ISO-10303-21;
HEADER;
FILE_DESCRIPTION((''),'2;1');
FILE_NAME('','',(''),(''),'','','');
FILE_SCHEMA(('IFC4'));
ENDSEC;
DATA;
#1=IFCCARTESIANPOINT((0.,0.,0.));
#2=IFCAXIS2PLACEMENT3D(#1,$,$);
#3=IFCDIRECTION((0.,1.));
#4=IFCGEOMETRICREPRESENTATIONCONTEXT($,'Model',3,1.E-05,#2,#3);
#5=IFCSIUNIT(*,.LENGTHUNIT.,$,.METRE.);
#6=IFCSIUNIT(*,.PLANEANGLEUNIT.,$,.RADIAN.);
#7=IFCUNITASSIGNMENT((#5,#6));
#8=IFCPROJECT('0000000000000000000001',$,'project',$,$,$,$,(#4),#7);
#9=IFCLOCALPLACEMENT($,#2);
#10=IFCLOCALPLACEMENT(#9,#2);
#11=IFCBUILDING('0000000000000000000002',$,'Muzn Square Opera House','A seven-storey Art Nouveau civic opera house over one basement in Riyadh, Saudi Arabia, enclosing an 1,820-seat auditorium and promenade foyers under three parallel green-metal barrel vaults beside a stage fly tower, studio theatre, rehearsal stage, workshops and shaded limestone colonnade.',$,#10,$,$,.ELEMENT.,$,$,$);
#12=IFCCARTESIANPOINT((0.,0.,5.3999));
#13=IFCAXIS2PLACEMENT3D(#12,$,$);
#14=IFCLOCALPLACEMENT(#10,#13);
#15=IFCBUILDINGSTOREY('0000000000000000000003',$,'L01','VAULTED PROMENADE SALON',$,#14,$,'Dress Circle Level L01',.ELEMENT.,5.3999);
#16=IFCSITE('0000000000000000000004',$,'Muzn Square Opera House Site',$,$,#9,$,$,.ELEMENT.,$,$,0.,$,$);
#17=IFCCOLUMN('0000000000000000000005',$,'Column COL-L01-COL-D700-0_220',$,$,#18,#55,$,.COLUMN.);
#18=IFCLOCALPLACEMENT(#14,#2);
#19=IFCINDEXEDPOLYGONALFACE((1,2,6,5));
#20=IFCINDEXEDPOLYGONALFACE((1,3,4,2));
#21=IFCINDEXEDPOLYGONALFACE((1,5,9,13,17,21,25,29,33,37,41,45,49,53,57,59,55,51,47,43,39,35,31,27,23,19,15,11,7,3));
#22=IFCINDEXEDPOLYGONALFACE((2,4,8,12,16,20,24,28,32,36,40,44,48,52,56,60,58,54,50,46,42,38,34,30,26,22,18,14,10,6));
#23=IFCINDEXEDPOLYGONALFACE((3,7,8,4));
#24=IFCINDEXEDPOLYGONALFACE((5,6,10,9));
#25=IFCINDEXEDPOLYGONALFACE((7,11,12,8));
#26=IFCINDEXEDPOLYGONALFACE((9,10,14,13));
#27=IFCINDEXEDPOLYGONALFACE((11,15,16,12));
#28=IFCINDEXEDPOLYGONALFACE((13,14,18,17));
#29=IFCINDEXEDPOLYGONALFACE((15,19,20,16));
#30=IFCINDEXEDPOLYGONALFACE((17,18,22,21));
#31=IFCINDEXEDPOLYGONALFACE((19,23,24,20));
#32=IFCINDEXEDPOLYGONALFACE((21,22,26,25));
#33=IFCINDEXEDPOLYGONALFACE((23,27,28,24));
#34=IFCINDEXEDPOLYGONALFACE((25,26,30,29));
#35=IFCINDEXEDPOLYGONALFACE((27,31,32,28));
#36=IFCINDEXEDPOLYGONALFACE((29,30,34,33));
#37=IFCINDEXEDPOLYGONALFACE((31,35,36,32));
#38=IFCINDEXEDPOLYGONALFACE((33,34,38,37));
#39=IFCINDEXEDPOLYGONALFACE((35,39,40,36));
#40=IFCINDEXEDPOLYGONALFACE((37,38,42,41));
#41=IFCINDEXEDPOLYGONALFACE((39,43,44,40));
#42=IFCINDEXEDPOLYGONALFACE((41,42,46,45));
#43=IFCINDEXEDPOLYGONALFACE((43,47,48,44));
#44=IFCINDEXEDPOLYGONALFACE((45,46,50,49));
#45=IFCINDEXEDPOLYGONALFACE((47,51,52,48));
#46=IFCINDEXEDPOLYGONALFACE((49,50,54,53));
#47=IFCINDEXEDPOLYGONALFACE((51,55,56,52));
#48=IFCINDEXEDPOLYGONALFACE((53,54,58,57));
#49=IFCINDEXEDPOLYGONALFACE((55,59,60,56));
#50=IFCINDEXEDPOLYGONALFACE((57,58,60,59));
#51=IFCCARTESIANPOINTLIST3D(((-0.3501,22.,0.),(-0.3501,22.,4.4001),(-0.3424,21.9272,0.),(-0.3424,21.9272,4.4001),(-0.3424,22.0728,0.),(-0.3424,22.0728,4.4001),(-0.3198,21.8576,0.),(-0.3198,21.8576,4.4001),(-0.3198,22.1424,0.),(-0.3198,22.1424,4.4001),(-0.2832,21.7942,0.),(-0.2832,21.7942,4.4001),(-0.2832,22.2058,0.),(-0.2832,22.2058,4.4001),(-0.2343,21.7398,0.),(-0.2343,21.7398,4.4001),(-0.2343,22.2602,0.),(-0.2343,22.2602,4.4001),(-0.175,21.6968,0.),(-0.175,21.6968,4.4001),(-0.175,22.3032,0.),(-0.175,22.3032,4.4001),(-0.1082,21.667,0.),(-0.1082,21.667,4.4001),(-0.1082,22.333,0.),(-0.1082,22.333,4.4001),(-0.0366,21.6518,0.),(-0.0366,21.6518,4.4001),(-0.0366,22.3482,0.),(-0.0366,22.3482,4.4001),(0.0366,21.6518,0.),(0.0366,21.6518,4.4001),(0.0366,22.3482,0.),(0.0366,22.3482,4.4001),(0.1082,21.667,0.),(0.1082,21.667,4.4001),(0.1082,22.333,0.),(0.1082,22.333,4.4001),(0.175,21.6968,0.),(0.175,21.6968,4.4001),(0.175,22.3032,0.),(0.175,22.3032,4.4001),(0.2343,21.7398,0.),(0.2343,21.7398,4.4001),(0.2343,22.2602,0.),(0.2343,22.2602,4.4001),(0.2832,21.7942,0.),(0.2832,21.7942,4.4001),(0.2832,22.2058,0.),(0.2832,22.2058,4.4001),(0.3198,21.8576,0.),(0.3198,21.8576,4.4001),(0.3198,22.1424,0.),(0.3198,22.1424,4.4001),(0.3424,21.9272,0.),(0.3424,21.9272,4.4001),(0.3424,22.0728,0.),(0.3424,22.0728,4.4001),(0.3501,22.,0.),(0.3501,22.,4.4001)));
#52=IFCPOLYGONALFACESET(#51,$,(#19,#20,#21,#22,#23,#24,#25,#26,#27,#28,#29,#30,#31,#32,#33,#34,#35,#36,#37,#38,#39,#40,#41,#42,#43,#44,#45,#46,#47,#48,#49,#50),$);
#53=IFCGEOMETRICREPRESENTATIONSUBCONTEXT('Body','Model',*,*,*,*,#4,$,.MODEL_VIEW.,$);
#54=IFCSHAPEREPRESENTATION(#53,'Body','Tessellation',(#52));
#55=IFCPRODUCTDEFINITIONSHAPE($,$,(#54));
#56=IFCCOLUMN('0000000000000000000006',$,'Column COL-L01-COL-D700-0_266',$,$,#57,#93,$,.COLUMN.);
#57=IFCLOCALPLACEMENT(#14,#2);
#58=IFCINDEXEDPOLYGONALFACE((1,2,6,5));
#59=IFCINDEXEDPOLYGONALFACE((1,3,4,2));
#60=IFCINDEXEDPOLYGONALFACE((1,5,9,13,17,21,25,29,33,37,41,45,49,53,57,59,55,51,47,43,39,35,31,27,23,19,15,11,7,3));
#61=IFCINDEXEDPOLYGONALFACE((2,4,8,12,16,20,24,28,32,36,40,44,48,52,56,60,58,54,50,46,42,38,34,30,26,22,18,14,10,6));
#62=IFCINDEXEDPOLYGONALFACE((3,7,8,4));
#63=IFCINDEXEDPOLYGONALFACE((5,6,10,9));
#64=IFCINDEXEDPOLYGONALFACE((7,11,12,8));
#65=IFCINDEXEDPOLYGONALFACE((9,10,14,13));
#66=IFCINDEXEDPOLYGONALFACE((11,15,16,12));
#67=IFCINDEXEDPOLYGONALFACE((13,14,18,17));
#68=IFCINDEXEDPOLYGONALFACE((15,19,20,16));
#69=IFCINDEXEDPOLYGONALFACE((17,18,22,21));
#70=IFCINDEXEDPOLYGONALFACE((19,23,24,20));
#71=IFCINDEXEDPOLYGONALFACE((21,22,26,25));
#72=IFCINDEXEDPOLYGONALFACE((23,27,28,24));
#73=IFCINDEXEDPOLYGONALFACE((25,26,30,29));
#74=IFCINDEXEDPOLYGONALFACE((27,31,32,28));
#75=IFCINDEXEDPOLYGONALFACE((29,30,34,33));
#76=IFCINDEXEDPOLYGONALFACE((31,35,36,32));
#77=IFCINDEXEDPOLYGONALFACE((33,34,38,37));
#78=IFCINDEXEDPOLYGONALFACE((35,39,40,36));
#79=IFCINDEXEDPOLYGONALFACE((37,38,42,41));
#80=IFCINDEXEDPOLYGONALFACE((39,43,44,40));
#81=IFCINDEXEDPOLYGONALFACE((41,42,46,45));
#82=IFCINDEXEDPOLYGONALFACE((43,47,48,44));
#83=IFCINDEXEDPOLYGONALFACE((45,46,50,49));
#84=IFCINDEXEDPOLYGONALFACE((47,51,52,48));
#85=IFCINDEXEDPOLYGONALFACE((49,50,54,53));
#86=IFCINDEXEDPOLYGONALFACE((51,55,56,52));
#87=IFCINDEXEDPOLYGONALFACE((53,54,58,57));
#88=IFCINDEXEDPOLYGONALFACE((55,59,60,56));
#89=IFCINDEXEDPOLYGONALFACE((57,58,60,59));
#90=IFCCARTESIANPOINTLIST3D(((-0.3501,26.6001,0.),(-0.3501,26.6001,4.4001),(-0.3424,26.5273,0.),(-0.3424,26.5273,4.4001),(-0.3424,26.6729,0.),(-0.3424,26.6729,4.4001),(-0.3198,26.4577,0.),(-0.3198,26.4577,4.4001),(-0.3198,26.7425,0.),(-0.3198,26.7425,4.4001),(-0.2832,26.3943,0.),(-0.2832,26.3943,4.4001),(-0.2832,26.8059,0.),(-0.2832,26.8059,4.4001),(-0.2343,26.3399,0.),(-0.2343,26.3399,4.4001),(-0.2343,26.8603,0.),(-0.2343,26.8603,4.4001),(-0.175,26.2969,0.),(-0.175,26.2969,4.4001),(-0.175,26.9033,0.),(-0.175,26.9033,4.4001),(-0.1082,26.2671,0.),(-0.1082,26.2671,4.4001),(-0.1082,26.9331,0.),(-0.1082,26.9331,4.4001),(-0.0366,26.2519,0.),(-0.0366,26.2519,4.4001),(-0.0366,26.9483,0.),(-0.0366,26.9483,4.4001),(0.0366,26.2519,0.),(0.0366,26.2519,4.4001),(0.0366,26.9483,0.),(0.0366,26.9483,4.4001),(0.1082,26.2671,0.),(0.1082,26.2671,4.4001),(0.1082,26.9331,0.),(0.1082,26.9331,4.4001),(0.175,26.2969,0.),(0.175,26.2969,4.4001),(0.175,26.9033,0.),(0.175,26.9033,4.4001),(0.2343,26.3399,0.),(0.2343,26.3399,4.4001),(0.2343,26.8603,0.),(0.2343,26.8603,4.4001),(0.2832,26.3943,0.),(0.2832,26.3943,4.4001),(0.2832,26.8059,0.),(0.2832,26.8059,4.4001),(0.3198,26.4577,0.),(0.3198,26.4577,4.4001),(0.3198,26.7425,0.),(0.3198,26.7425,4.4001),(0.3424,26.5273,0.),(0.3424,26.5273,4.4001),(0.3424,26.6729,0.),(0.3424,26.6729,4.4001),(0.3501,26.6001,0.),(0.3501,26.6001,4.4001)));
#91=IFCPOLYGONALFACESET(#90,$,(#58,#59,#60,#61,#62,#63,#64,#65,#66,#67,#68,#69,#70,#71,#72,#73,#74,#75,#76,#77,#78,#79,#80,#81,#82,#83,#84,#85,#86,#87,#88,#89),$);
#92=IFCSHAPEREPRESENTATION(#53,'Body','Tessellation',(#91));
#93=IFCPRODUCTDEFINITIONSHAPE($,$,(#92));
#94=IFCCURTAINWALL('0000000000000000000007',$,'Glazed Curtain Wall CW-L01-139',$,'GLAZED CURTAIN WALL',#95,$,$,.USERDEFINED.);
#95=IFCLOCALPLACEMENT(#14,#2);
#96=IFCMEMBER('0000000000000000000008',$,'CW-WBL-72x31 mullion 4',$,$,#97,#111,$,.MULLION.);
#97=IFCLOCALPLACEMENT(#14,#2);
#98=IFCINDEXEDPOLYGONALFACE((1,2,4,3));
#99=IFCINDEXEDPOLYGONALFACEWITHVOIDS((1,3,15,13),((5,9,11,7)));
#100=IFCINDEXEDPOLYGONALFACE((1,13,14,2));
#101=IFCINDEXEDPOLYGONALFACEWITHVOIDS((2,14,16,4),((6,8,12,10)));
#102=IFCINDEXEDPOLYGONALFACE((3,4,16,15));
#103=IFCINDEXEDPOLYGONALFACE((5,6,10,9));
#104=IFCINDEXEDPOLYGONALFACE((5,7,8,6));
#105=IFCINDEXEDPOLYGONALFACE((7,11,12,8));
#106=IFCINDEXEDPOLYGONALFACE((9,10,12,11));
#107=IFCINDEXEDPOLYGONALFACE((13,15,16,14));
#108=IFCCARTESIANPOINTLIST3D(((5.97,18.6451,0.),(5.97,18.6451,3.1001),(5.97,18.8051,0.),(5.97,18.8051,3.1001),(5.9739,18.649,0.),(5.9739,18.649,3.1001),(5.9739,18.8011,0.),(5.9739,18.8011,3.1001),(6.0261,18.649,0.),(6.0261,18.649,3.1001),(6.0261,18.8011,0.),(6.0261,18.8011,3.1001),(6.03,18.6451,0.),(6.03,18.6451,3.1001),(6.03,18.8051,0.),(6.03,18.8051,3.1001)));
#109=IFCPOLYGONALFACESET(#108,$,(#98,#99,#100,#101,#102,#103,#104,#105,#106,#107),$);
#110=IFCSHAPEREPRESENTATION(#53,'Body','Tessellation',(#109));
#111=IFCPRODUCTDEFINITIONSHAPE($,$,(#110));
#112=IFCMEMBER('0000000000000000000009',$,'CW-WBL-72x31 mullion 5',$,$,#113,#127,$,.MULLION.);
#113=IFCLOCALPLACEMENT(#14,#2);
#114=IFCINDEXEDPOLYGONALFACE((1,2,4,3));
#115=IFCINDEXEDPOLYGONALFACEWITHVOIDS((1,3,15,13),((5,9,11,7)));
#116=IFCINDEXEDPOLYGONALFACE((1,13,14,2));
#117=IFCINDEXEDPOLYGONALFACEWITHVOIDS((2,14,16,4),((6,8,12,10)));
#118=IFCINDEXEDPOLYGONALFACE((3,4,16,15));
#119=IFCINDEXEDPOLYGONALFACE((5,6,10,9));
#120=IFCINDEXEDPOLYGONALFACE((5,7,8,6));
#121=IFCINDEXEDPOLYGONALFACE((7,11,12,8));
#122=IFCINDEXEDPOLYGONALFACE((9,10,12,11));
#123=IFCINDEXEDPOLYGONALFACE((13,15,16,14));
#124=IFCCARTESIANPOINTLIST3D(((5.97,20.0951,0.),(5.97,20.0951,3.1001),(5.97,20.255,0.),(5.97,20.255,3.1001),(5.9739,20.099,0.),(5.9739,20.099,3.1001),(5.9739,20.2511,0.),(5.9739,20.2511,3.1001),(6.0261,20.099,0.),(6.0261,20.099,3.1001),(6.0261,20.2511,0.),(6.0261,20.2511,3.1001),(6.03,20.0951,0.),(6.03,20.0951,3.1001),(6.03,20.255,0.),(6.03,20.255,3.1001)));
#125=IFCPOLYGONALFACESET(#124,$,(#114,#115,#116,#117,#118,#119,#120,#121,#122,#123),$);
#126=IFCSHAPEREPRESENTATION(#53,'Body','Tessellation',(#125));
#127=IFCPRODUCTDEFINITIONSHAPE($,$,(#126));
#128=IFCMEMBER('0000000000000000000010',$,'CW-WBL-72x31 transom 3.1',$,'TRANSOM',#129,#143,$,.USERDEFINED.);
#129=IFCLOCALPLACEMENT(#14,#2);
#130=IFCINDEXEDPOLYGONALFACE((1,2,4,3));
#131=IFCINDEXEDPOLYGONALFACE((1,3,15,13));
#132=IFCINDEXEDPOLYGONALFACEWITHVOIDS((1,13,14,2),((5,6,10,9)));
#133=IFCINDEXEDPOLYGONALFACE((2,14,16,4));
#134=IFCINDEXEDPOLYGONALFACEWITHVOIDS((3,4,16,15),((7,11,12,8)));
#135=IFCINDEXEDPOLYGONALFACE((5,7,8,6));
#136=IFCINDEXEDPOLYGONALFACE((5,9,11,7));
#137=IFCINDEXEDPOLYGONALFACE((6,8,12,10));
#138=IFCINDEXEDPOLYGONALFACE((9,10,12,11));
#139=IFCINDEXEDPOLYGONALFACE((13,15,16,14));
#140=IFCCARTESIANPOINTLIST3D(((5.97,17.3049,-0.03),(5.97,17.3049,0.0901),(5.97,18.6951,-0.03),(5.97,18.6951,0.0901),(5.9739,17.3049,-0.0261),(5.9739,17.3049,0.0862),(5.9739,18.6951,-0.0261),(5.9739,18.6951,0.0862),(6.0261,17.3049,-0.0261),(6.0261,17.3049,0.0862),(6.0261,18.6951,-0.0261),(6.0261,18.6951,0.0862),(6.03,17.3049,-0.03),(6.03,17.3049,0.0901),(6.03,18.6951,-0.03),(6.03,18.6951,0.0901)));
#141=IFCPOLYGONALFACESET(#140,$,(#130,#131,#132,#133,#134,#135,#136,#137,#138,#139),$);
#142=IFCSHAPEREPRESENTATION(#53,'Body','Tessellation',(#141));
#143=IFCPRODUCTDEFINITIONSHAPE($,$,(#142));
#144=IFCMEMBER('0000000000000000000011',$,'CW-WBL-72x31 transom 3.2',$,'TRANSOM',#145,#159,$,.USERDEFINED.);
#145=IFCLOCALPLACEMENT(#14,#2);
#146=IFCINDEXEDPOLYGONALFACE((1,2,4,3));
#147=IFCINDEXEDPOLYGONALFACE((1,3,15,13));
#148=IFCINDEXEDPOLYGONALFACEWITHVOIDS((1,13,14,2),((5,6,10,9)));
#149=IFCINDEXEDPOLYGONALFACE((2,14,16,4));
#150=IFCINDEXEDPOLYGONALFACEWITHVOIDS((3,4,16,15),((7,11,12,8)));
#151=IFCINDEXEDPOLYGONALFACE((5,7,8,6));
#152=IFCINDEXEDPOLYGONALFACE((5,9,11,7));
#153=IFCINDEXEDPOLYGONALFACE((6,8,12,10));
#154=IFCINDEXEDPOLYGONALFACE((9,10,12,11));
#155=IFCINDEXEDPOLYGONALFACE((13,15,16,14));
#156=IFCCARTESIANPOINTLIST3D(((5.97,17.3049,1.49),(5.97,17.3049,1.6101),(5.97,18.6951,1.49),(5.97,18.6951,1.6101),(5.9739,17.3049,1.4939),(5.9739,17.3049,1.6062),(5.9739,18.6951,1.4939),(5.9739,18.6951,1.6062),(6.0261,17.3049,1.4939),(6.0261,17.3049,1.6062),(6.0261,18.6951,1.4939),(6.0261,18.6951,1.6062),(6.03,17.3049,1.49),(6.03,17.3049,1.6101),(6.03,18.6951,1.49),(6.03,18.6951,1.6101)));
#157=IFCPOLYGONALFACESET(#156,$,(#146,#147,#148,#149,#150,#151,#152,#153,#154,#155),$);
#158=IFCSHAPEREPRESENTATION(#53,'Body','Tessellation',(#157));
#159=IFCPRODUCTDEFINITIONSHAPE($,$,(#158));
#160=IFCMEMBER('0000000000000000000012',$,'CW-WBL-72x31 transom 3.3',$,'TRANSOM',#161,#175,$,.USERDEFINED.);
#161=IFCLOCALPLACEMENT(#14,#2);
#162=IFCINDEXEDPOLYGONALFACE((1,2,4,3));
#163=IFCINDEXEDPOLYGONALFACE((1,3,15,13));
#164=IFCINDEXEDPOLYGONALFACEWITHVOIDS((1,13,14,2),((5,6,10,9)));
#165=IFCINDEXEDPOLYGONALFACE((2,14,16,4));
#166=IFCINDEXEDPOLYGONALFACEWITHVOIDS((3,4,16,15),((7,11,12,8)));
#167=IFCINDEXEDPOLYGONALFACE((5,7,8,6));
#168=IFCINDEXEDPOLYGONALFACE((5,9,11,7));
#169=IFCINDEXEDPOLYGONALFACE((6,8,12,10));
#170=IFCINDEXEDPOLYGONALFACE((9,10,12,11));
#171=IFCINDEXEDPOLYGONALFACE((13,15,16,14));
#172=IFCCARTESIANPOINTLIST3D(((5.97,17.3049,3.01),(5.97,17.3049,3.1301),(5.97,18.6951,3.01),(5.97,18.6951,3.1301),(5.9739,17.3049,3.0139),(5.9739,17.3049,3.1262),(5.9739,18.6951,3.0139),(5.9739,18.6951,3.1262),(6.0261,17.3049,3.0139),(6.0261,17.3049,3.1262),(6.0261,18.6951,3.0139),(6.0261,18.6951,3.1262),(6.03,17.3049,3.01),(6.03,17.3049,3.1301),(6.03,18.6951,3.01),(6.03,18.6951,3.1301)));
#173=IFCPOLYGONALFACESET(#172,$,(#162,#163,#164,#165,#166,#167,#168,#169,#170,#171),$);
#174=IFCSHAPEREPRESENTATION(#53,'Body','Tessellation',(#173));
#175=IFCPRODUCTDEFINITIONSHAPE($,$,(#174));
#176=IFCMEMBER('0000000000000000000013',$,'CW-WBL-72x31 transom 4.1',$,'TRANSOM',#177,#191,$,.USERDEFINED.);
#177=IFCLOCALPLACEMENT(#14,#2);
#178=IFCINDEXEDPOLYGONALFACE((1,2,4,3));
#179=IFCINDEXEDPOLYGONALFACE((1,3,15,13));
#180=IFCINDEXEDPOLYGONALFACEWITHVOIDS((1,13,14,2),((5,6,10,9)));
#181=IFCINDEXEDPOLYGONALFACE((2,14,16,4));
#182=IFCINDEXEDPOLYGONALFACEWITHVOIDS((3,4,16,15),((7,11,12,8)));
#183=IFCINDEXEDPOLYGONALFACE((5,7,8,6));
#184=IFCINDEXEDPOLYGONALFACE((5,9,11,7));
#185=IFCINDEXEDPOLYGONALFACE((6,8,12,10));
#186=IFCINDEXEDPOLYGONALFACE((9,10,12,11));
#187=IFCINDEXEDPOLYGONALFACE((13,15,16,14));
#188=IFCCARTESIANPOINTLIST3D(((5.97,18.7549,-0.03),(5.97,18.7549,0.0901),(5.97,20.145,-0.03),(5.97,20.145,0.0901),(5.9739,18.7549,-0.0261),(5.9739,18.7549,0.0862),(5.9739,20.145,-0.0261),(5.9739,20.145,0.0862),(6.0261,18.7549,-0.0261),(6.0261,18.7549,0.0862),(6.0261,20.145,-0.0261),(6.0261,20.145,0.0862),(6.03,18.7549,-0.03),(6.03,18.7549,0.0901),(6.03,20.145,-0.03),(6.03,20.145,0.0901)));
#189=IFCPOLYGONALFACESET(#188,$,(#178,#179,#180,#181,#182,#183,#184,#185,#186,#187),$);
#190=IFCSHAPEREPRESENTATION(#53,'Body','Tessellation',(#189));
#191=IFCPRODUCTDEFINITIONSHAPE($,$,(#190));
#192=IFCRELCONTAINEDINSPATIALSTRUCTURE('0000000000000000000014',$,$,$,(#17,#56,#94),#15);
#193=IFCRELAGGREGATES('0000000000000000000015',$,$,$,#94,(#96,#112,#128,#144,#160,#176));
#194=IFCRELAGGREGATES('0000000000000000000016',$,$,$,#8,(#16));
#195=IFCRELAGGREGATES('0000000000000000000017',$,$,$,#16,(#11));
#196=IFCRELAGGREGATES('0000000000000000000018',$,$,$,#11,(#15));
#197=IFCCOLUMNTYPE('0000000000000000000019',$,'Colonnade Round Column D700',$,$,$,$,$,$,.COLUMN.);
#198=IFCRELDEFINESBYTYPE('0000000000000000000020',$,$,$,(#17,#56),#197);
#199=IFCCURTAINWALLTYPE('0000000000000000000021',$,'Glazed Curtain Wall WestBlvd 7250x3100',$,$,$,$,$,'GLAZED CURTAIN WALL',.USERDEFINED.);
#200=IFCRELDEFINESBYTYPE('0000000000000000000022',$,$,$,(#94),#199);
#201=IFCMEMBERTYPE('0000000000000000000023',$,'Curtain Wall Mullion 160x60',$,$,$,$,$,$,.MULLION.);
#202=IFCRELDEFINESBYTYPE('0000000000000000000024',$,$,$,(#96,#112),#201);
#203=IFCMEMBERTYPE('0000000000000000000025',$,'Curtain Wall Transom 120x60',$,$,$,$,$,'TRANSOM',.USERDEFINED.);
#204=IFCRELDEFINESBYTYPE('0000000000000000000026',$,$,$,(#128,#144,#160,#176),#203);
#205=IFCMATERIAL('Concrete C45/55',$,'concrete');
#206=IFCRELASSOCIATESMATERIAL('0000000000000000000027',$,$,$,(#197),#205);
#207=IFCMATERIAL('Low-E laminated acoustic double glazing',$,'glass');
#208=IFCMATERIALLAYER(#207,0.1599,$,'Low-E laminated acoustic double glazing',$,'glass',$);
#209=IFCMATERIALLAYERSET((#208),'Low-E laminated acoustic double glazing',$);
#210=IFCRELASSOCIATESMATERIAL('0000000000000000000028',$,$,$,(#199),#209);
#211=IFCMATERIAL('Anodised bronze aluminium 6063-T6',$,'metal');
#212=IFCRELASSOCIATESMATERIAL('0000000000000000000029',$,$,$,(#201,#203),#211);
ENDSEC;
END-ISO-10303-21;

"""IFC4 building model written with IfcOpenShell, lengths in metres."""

from ifc_helpers import new_model, si_unit, direction, frame, origin, origin_2d, place, context, subcontext, project, spatial, hollow_rectangle, circle, extrude, material, layer, layer_set, material_profile, profile_set, type_object, element, aggregate, save


model = new_model("IFC4")

# Units and contexts
model_context = context("Model", 3, precision=1e-05, world=origin(), true_north=direction((0.0, 1.0)))
body_context = subcontext(model_context, "Body", "Model", "MODEL_VIEW")
ifc_project = project(units=[si_unit("LENGTHUNIT", "METRE"), si_unit("PLANEANGLEUNIT", "RADIAN")], contexts=[model_context])

# Site, building, storey
site_placement = place(None, origin())
site = spatial("IfcSite", under=ifc_project, at=site_placement, Name="Muzn Square Opera House Site", CompositionType="ELEMENT", RefElevation=0.0)
building_placement = place(site_placement, origin())
building = spatial("IfcBuilding", under=site, at=building_placement, Name="Muzn Square Opera House", Description="A seven-storey Art Nouveau civic opera house over one basement in Riyadh, Saudi Arabia, enclosing an 1,820-seat auditorium and promenade foyers under three parallel green-metal barrel vaults beside a stage fly tower, studio theatre, rehearsal stage, workshops and shaded limestone colonnade.", CompositionType="ELEMENT")
storey_placement = place(building_placement, frame((0.0, 0.0, 5.3999)))
storey = spatial("IfcBuildingStorey", under=building, at=storey_placement, Name="L01", Description="VAULTED PROMENADE SALON", LongName="Dress Circle Level L01", CompositionType="ELEMENT", Elevation=5.3999)

# Columns
ifc_material_1 = material(Name="Concrete C45/55", Category="concrete")
ifc_material_profile_1 = material_profile(ifc_material_1, circle(Radius=0.3501, at=origin_2d()), Name="RCC D700", Category="concrete")
ifc_profile_set_1 = profile_set([ifc_material_profile_1], Name="Concrete C45/55")
column_type = type_object("IfcColumnType", Name="Colonnade Round Column D700", PredefinedType="COLUMN", material=ifc_profile_set_1)
for number, where, z_axis, x_axis, name in (
    (1, (0.0, 22.0, 0.0), (0.0, 0.0, 1.0), (1.0, 0.0, 0.0), "Column COL-L01-COL-D700-0_220"),
    (2, (0.0, 26.6001, 0.0), (0.0, 0.0, 1.0), (1.0, 0.0, 0.0), "Column COL-L01-COL-D700-0_266"),
):
    element("IfcColumn", number, at=place(storey_placement, frame(where, z_axis=z_axis, x_axis=x_axis)), inside=storey, type_object=column_type, Name=name, PredefinedType="COLUMN", context=body_context, shape_type="SweptSolid", body=[
        extrude(circle(Radius=0.3501, at=origin_2d()), origin(), (0.0, 0.0, 1.0), 4.4001),
    ])

# Curtain wall, members
ifc_material_2 = material(Name="Low-E laminated acoustic double glazing", Category="glass")
ifc_layer_1 = layer(ifc_material_2, 0.1599, Name="Low-E laminated acoustic double glazing", Category="glass")
ifc_layer_set_1 = layer_set([ifc_layer_1], Name="Low-E laminated acoustic double glazing")
curtain_wall_type = type_object("IfcCurtainWallType", Name="Glazed Curtain Wall WestBlvd 7250x3100", ElementType="GLAZED CURTAIN WALL", PredefinedType="USERDEFINED", material=ifc_layer_set_1)
curtain_wall_placement = place(storey_placement, origin())
curtain_wall = element("IfcCurtainWall", 3, at=curtain_wall_placement, inside=storey, type_object=curtain_wall_type, Name="Glazed Curtain Wall CW-L01-139", ObjectType="GLAZED CURTAIN WALL", PredefinedType="USERDEFINED")
ifc_material_3 = material(Name="Anodised bronze aluminium 6063-T6", Category="metal")
ifc_material_profile_2 = material_profile(ifc_material_3, hollow_rectangle(XDim=0.0601, YDim=0.1599, WallThickness=0.0039, at=origin_2d()), Name="ALU 160x60x4", Category="metal")
ifc_profile_set_2 = profile_set([ifc_material_profile_2], Name="Anodised bronze aluminium 6063-T6")
member_type_1 = type_object("IfcMemberType", Name="Curtain Wall Mullion 160x60", PredefinedType="MULLION", material=ifc_profile_set_2)
member_1_placement = place(storey_placement, frame((6.0, 18.7251, 0.0), z_axis=(0.0, 0.0, 1.0), x_axis=(-1.0, 0.0, 0.0)))
member_1 = element("IfcMember", 4, at=member_1_placement, type_object=member_type_1, Name="CW-WBL-72x31 mullion 4", PredefinedType="MULLION", context=body_context, shape_type="SweptSolid", body=[
    extrude(hollow_rectangle(XDim=0.0601, YDim=0.1599, WallThickness=0.0039, at=origin_2d()), origin(), (0.0, 0.0, 1.0), 3.1001),
])
member_2_placement = place(storey_placement, frame((6.0, 20.175, 0.0), z_axis=(0.0, 0.0, 1.0), x_axis=(-1.0, 0.0, 0.0)))
member_2 = element("IfcMember", 5, at=member_2_placement, type_object=member_type_1, Name="CW-WBL-72x31 mullion 5", PredefinedType="MULLION", context=body_context, shape_type="SweptSolid", body=[
    extrude(hollow_rectangle(XDim=0.0601, YDim=0.1599, WallThickness=0.0039, at=origin_2d()), origin(), (0.0, 0.0, 1.0), 3.1001),
])
ifc_material_profile_3 = material_profile(ifc_material_3, hollow_rectangle(XDim=0.0601, YDim=0.1201, WallThickness=0.0039, at=origin_2d()), Name="ALU 120x60x4", Category="metal")
ifc_profile_set_3 = profile_set([ifc_material_profile_3], Name="Anodised bronze aluminium 6063-T6")
member_type_2 = type_object("IfcMemberType", Name="Curtain Wall Transom 120x60", ElementType="TRANSOM", PredefinedType="USERDEFINED", material=ifc_profile_set_3)
member_3_placement = place(storey_placement, frame((6.0, 17.3049, 0.03), z_axis=(0.0, 1.0, 0.0), x_axis=(-1.0, 0.0, 0.0)))
member_3 = element("IfcMember", 6, at=member_3_placement, type_object=member_type_2, Name="CW-WBL-72x31 transom 3.1", ObjectType="TRANSOM", PredefinedType="USERDEFINED", context=body_context, shape_type="SweptSolid", body=[
    extrude(hollow_rectangle(XDim=0.0601, YDim=0.1201, WallThickness=0.0039, at=origin_2d()), origin(), (0.0, 0.0, 1.0), 1.3901),
])
member_4_placement = place(storey_placement, frame((6.0, 17.3049, 1.55), z_axis=(0.0, 1.0, 0.0), x_axis=(-1.0, 0.0, 0.0)))
member_4 = element("IfcMember", 7, at=member_4_placement, type_object=member_type_2, Name="CW-WBL-72x31 transom 3.2", ObjectType="TRANSOM", PredefinedType="USERDEFINED", context=body_context, shape_type="SweptSolid", body=[
    extrude(hollow_rectangle(XDim=0.0601, YDim=0.1201, WallThickness=0.0039, at=origin_2d()), origin(), (0.0, 0.0, 1.0), 1.3901),
])
member_5_placement = place(storey_placement, frame((6.0, 17.3049, 3.0701), z_axis=(0.0, 1.0, 0.0), x_axis=(-1.0, 0.0, 0.0)))
member_5 = element("IfcMember", 8, at=member_5_placement, type_object=member_type_2, Name="CW-WBL-72x31 transom 3.3", ObjectType="TRANSOM", PredefinedType="USERDEFINED", context=body_context, shape_type="SweptSolid", body=[
    extrude(hollow_rectangle(XDim=0.0601, YDim=0.1201, WallThickness=0.0039, at=origin_2d()), origin(), (0.0, 0.0, 1.0), 1.3901),
])
member_6_placement = place(storey_placement, frame((6.0, 18.7549, 0.03), z_axis=(0.0, 1.0, 0.0), x_axis=(-1.0, 0.0, 0.0)))
member_6 = element("IfcMember", 9, at=member_6_placement, type_object=member_type_2, Name="CW-WBL-72x31 transom 4.1", ObjectType="TRANSOM", PredefinedType="USERDEFINED", context=body_context, shape_type="SweptSolid", body=[
    extrude(hollow_rectangle(XDim=0.0601, YDim=0.1201, WallThickness=0.0039, at=origin_2d()), origin(), (0.0, 0.0, 1.0), 1.3901),
])

aggregate(curtain_wall, [member_1, member_2, member_3, member_4, member_5, member_6])

save(model, "model.ifc")
